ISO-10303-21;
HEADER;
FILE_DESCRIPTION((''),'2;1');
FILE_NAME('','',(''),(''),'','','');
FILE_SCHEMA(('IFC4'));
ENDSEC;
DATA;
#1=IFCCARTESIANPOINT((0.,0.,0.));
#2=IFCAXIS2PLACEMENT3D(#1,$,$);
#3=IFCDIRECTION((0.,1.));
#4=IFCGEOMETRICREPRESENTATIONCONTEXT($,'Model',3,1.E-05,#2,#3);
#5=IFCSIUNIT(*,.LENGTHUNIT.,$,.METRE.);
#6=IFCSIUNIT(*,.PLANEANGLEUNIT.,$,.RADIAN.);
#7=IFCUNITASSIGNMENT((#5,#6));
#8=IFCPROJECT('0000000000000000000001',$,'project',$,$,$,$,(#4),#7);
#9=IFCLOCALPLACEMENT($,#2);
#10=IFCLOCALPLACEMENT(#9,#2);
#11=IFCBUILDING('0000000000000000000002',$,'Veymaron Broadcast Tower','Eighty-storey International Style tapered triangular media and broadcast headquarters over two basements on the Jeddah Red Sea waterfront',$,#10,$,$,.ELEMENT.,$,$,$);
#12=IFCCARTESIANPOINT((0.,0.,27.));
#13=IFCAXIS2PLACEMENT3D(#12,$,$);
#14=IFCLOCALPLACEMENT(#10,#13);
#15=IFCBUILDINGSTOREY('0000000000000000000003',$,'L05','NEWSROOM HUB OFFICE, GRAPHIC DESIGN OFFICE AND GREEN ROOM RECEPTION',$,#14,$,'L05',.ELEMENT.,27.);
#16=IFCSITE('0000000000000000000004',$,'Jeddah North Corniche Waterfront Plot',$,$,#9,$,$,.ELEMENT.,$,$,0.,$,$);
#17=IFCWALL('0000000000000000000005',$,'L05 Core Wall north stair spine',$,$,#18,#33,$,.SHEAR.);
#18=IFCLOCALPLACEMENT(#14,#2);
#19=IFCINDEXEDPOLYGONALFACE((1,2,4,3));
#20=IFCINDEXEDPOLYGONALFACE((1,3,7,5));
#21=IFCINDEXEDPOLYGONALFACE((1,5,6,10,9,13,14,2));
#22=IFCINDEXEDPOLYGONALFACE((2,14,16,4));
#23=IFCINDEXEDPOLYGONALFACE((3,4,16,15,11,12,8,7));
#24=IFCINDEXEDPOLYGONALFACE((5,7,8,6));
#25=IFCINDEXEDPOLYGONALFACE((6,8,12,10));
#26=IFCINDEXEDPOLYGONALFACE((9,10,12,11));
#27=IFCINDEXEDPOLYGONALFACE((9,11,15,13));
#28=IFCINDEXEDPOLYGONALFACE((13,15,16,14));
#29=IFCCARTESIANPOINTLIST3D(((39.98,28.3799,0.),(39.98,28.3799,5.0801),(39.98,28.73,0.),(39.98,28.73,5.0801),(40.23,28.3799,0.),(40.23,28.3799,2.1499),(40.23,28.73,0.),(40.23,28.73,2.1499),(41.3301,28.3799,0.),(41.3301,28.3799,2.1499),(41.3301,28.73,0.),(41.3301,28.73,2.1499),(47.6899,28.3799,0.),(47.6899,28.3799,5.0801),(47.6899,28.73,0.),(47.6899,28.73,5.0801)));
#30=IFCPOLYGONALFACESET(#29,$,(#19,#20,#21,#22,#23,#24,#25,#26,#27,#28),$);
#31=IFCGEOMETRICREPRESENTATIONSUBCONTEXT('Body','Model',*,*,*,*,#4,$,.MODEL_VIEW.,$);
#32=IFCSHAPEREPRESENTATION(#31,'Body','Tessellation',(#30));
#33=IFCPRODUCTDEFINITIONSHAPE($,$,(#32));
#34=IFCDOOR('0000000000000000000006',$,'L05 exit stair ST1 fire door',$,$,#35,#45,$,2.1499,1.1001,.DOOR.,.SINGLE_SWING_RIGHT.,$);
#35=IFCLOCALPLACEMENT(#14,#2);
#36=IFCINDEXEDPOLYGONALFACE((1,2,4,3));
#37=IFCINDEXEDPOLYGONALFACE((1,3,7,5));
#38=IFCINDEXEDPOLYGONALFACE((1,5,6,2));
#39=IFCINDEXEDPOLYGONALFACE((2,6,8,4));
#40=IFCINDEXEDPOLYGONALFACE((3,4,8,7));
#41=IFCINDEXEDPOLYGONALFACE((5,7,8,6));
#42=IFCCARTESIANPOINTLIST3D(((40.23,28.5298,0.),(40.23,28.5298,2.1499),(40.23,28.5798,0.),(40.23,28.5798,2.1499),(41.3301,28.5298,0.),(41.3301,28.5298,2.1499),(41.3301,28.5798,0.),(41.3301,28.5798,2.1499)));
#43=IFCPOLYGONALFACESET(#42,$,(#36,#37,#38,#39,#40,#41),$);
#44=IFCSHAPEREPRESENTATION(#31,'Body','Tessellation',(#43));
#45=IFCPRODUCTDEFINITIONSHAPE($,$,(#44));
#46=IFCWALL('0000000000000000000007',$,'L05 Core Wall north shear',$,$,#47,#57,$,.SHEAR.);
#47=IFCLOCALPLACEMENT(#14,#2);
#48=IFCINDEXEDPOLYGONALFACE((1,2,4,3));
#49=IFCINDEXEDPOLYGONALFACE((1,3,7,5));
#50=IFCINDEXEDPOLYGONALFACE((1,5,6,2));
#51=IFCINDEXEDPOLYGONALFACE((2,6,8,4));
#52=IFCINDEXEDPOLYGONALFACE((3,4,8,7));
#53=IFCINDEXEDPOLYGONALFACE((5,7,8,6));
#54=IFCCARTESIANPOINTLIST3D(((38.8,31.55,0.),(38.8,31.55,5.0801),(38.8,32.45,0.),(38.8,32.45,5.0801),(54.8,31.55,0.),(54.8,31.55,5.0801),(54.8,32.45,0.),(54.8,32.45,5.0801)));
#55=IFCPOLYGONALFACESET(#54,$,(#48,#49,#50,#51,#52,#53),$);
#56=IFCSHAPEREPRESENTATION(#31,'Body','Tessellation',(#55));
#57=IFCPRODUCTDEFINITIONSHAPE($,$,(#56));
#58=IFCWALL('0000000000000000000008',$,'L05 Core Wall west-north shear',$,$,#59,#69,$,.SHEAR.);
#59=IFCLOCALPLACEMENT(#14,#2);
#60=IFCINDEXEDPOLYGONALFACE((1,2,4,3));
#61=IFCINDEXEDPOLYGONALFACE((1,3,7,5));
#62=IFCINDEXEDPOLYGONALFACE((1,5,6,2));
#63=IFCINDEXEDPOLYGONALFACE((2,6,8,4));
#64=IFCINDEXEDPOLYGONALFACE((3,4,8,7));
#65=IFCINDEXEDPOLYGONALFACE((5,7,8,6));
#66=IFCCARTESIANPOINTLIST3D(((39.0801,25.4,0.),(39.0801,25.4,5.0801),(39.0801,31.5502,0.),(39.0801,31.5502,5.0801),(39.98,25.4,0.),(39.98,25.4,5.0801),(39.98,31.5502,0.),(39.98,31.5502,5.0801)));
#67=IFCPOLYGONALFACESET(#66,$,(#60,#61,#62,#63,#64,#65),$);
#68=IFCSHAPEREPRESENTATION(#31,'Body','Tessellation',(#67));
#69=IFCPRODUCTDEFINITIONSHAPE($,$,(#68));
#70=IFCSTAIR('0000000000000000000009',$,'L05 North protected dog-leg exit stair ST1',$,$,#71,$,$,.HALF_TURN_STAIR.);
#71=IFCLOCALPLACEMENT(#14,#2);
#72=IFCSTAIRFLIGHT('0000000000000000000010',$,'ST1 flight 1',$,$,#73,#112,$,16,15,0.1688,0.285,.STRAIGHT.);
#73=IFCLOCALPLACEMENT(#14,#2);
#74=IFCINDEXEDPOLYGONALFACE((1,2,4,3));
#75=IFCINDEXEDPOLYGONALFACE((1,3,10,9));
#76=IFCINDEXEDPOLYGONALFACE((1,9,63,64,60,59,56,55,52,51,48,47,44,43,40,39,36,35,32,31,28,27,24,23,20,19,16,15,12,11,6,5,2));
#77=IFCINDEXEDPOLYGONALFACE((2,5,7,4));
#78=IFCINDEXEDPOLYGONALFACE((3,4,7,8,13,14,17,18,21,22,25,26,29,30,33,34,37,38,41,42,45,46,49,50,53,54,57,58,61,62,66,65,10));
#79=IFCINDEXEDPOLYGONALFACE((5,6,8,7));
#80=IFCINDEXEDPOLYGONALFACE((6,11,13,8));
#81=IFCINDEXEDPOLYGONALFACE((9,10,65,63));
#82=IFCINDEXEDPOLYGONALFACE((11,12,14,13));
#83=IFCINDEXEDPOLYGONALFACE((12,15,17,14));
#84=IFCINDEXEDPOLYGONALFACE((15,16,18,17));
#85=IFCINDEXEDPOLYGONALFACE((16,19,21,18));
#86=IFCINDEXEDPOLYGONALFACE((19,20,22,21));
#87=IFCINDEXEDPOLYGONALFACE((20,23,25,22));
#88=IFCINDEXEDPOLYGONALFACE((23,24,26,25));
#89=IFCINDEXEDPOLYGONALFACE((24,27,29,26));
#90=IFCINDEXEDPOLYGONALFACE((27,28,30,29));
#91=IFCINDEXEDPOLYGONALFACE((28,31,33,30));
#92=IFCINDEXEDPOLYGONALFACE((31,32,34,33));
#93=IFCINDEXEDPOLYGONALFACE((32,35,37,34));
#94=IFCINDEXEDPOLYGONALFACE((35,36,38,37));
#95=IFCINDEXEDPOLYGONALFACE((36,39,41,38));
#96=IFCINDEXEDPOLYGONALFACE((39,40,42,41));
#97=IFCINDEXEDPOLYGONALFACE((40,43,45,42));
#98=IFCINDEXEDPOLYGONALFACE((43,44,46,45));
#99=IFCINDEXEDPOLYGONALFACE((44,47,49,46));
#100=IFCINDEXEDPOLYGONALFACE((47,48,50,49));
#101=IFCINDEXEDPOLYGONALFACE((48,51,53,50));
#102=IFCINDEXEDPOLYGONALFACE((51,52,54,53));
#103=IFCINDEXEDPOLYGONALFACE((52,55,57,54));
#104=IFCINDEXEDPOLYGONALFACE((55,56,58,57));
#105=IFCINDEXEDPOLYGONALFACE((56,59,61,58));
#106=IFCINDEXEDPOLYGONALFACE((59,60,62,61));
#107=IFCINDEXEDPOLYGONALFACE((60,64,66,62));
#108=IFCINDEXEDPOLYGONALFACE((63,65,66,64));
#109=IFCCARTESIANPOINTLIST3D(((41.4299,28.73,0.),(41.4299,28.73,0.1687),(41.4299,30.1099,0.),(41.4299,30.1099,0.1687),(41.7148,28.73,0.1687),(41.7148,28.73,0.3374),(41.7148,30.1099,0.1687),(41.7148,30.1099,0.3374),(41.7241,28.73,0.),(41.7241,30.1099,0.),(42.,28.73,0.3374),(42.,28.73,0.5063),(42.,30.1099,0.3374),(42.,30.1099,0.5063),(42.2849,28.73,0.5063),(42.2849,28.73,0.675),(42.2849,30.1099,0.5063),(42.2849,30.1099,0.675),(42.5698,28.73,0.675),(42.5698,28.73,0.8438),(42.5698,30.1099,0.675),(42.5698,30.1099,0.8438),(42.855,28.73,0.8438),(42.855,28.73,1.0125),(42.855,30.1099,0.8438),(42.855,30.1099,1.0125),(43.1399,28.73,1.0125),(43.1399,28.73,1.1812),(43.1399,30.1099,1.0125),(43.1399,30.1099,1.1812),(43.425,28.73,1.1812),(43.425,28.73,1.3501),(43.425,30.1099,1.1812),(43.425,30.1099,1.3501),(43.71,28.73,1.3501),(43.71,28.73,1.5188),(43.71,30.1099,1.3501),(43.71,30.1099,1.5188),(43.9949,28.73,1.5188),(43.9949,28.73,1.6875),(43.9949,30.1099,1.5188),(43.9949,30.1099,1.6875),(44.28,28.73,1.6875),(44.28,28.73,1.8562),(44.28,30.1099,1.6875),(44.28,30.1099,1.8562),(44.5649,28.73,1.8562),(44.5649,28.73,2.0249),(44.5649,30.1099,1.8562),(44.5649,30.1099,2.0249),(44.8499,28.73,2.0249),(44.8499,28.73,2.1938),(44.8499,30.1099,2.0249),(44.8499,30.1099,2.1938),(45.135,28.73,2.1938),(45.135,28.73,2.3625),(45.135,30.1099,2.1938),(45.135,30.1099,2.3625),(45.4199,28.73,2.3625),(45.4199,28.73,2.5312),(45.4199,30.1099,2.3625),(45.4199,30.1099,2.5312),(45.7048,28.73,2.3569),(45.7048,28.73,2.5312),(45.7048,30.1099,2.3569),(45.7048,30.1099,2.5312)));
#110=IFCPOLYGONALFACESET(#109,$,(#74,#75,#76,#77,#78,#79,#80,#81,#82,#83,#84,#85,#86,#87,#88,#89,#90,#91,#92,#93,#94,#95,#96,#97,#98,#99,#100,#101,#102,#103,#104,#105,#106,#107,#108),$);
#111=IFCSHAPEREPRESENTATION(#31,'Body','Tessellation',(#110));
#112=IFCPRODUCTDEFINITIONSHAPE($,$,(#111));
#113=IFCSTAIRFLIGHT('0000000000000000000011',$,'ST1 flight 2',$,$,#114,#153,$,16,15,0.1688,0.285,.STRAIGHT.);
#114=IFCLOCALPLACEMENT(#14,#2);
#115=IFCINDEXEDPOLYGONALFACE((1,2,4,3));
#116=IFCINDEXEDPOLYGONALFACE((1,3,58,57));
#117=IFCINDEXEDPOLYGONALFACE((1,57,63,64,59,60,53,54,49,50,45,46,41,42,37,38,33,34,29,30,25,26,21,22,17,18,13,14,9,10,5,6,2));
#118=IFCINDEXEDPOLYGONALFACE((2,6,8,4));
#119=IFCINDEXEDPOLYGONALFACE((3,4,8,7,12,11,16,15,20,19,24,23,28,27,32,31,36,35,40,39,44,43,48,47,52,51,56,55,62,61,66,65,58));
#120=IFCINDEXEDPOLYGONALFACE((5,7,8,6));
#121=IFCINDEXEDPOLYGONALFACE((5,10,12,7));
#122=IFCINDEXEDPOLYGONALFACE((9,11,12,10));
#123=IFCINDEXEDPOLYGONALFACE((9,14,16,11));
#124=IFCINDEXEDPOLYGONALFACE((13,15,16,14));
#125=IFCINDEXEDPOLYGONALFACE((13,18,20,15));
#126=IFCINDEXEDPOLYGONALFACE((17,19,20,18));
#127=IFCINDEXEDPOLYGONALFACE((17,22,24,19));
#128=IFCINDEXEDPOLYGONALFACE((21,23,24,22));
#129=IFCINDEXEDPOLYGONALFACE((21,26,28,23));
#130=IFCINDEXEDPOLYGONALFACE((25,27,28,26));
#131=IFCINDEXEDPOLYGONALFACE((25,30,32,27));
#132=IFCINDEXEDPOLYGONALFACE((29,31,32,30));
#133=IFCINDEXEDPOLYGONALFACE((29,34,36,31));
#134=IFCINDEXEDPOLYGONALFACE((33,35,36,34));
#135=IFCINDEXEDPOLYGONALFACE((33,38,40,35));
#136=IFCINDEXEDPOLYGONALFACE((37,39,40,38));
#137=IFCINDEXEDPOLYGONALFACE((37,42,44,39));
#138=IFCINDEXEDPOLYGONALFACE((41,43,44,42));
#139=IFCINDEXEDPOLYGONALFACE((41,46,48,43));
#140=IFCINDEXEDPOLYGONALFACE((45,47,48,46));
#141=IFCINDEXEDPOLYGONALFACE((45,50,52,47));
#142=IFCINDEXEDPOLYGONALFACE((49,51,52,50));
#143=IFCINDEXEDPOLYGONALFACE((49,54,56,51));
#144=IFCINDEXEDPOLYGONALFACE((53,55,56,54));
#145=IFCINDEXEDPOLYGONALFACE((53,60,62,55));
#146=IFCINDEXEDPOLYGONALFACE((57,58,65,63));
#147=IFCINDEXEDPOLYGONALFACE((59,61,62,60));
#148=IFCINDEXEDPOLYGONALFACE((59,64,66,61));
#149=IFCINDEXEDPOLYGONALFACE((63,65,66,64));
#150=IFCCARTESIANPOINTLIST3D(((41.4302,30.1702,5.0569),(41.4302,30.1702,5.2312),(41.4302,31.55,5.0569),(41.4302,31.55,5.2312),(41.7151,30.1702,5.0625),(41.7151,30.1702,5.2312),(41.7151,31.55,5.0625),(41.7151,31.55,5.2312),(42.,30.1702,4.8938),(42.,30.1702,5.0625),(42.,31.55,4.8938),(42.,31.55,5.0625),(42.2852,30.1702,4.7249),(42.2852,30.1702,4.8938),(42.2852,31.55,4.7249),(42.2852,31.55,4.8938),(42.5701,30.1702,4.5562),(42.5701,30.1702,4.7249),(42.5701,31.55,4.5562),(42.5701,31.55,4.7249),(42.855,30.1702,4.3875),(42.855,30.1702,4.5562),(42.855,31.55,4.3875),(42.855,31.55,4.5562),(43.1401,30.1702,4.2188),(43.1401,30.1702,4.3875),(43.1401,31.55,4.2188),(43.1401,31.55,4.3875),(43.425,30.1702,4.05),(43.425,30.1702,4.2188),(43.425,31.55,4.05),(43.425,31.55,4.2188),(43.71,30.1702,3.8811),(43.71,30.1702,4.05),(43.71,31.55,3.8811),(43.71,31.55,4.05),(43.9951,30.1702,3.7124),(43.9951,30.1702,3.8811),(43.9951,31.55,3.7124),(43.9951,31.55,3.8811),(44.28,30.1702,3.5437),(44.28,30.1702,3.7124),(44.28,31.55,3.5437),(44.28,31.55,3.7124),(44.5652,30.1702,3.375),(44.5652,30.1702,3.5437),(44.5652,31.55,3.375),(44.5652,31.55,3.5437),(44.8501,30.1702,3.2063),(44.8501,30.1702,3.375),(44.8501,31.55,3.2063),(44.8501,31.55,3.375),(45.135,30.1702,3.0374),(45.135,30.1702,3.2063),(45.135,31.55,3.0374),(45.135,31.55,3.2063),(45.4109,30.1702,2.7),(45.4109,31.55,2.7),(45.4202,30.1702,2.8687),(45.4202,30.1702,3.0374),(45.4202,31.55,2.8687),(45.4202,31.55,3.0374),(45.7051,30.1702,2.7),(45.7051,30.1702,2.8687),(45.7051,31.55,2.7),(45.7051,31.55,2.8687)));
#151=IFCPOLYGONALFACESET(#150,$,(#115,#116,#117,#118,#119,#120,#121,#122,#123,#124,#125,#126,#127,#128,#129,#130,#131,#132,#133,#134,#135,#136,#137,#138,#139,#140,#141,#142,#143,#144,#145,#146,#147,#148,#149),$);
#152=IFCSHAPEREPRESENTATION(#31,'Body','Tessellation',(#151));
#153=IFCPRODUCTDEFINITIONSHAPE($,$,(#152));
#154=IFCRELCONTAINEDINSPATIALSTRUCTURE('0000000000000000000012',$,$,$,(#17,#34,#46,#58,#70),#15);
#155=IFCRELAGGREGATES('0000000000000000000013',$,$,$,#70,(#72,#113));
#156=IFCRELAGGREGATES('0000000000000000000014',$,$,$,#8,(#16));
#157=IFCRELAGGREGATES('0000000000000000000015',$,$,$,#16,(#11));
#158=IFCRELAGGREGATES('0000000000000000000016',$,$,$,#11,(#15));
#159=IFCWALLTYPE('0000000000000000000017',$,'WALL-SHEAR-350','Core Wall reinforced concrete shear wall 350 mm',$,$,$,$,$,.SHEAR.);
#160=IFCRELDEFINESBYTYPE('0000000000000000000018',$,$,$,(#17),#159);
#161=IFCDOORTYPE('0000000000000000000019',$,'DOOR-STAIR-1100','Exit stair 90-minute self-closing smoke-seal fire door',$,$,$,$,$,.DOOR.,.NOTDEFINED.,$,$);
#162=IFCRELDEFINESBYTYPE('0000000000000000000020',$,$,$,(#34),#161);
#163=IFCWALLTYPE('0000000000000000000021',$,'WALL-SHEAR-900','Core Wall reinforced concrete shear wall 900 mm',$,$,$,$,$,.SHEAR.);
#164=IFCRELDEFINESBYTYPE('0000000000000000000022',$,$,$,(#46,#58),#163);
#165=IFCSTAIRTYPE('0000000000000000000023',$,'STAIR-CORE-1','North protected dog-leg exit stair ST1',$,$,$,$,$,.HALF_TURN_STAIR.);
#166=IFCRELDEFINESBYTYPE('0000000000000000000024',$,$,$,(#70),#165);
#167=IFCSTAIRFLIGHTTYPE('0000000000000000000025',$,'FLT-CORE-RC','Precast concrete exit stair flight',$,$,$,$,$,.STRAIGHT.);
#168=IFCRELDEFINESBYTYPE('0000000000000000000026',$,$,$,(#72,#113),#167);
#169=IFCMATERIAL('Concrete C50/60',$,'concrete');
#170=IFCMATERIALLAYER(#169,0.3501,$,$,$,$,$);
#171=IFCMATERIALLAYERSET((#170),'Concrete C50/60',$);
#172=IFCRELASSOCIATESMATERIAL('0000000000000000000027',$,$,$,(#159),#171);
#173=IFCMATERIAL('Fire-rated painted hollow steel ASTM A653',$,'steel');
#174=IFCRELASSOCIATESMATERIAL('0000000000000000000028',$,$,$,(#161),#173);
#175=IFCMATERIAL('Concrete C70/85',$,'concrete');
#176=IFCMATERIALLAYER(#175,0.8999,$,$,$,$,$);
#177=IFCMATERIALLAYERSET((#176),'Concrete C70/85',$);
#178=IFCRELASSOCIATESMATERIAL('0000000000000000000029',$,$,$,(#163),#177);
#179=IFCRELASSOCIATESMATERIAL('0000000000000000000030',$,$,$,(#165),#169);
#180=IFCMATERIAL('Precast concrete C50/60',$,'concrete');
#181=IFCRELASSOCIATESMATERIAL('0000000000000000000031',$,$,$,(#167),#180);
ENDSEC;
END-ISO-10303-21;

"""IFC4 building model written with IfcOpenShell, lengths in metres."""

from ifc_helpers import new_model, si_unit, direction, frame, frame_2d, origin, place, context, subcontext, project, spatial, polyline, rectangle, outline, extrude, material, layer, layer_set, type_object, element, fill, aggregate, save


model = new_model("IFC4")

# Units and contexts
model_context = context("Model", 3, precision=1e-05, world=origin(), true_north=direction((0.0, 1.0)))
body_context = subcontext(model_context, "Body", "Model", "MODEL_VIEW")
ifc_project = project(units=[si_unit("LENGTHUNIT", "METRE"), si_unit("PLANEANGLEUNIT", "RADIAN")], contexts=[model_context])

# Site, building, storey
site_placement = place(None, origin())
site = spatial("IfcSite", under=ifc_project, at=site_placement, Name="Jeddah North Corniche Waterfront Plot", CompositionType="ELEMENT", RefElevation=0.0)
building_placement = place(site_placement, origin())
building = spatial("IfcBuilding", under=site, at=building_placement, Name="Veymaron Broadcast Tower", Description="Eighty-storey International Style tapered triangular media and broadcast headquarters over two basements on the Jeddah Red Sea waterfront", CompositionType="ELEMENT")
storey_placement = place(building_placement, frame((0.0, 0.0, 27.0)))
storey = spatial("IfcBuildingStorey", under=building, at=storey_placement, Name="L05", Description="NEWSROOM HUB OFFICE, GRAPHIC DESIGN OFFICE AND GREEN ROOM RECEPTION", LongName="L05", CompositionType="ELEMENT", Elevation=27.0)

# Shared definitions
ifc_material_1 = material(Name="Concrete C50/60", Category="concrete")

# Shared definitions
ifc_material_2 = material(Name="Fire-rated painted hollow steel ASTM A653", Category="steel")

# Wall, opening, door
ifc_layer_1 = layer(ifc_material_1, 0.3501)
ifc_layer_set_1 = layer_set([ifc_layer_1], Name="Concrete C50/60")
wall_type_1 = type_object("IfcWallType", Name="WALL-SHEAR-350", Description="Core Wall reinforced concrete shear wall 350 mm", PredefinedType="SHEAR", material=ifc_layer_set_1)
wall_1_placement = place(storey_placement, frame((39.98, 28.5549, 0.0), z_axis=(0.0, 0.0, 1.0), x_axis=(1.0, 0.0, 0.0)))
wall_1 = element("IfcWall", 1, at=wall_1_placement, inside=storey, type_object=wall_type_1, Name="L05 Core Wall north stair spine", PredefinedType="SHEAR", context=body_context, shape_type="SweptSolid", body=[
    extrude(rectangle(XDim=7.71, YDim=0.3501, at=frame_2d((3.855, 0.0))), origin(), (0.0, 0.0, 1.0), 5.0801),
])
opening_1_placement = place(wall_1_placement, frame((0.25, 0.0, 0.0)))
opening_1 = element("IfcOpeningElement", 2, at=opening_1_placement, cuts=wall_1, PredefinedType="OPENING", context=body_context, shape_type="SweptSolid", body=[
    extrude(rectangle(XDim=1.1001, YDim=2.1499, at=frame_2d((0.55, 1.075))), frame((0.0, 0.1851, 0.0), z_axis=(0.0, -1.0, 0.0), x_axis=(1.0, 0.0, 0.0)), (0.0, 0.0, 1.0), 0.3701),
])
door_type_1 = type_object("IfcDoorType", Name="DOOR-STAIR-1100", Description="Exit stair 90-minute self-closing smoke-seal fire door", OperationType="NOTDEFINED", PredefinedType="DOOR", material=ifc_material_2)
door_1_placement = place(opening_1_placement, origin())
door_1 = element("IfcDoor", 3, at=door_1_placement, inside=storey, type_object=door_type_1, Name="L05 exit stair ST1 fire door", OperationType="SINGLE_SWING_RIGHT", OverallHeight=2.1499, OverallWidth=1.1001, PredefinedType="DOOR", context=body_context, shape_type="SweptSolid", body=[
    extrude(rectangle(XDim=1.1001, YDim=2.1499, at=frame_2d((0.55, 1.075))), frame((0.0, 0.0249, 0.0), z_axis=(0.0, -1.0, 0.0), x_axis=(1.0, 0.0, 0.0)), (0.0, 0.0, 1.0), 0.05),
])
fill(opening_1, door_1)

# Walls
ifc_material_3 = material(Name="Concrete C70/85", Category="concrete")
ifc_layer_2 = layer(ifc_material_3, 0.8999)
ifc_layer_set_2 = layer_set([ifc_layer_2], Name="Concrete C70/85")
wall_type_2 = type_object("IfcWallType", Name="WALL-SHEAR-900", Description="Core Wall reinforced concrete shear wall 900 mm", PredefinedType="SHEAR", material=ifc_layer_set_2)
wall_2_placement = place(storey_placement, frame((38.8, 32.0, 0.0), z_axis=(0.0, 0.0, 1.0), x_axis=(1.0, 0.0, 0.0)))
element("IfcWall", 4, at=wall_2_placement, inside=storey, type_object=wall_type_2, Name="L05 Core Wall north shear", PredefinedType="SHEAR", context=body_context, shape_type="SweptSolid", body=[
    extrude(rectangle(XDim=16.0, YDim=0.8999, at=frame_2d((8.0, 0.0))), origin(), (0.0, 0.0, 1.0), 5.0801),
])
wall_3_placement = place(storey_placement, frame((39.53, 25.3999, 0.0), z_axis=(0.0, 0.0, 1.0), x_axis=(0.0, 1.0, 0.0)))
element("IfcWall", 5, at=wall_3_placement, inside=storey, type_object=wall_type_2, Name="L05 Core Wall west-north shear", PredefinedType="SHEAR", context=body_context, shape_type="SweptSolid", body=[
    extrude(rectangle(XDim=6.1501, YDim=0.8999, at=frame_2d((3.0752, 0.0))), origin(), (0.0, 0.0, 1.0), 5.0801),
])

# Stair, stair flights
stair_type = type_object("IfcStairType", Name="STAIR-CORE-1", Description="North protected dog-leg exit stair ST1", PredefinedType="HALF_TURN_STAIR", material=ifc_material_1)
stair_placement = place(storey_placement, origin())
stair = element("IfcStair", 6, at=stair_placement, inside=storey, type_object=stair_type, Name="L05 North protected dog-leg exit stair ST1", PredefinedType="HALF_TURN_STAIR")
ifc_material_4 = material(Name="Precast concrete C50/60", Category="concrete")
stair_flight_type = type_object("IfcStairFlightType", Name="FLT-CORE-RC", Description="Precast concrete exit stair flight", PredefinedType="STRAIGHT", material=ifc_material_4)
stair_flight_1_placement = place(storey_placement, frame((41.4299, 29.4199, 0.0), z_axis=(0.0, 0.0, 1.0), x_axis=(1.0, 0.0, 0.0)))
stair_flight_1 = element("IfcStairFlight", 7, at=stair_flight_1_placement, type_object=stair_flight_type, Name="ST1 flight 1", NumberOfRisers=16, NumberOfTreads=15, PredefinedType="STRAIGHT", RiserHeight=0.1688, TreadLength=0.285, context=body_context, shape_type="SweptSolid", body=[
    extrude(outline(polyline([(0.0, 0.0), (0.0, 0.1687), (0.2849, 0.1687), (0.2849, 0.3374), (0.5701, 0.3374), (0.5701, 0.5063), (0.855, 0.5063), (0.855, 0.675), (1.1399, 0.675), (1.1399, 0.8438), (1.425, 0.8438), (1.425, 1.0125), (1.71, 1.0125), (1.71, 1.1812), (1.9951, 1.1812), (1.9951, 1.3501), (2.28, 1.3501), (2.28, 1.5188), (2.5649, 1.5188), (2.5649, 1.6875), (2.8501, 1.6875), (2.8501, 1.8562), (3.135, 1.8562), (3.135, 2.0249), (3.4199, 2.0249), (3.4199, 2.1938), (3.7051, 2.1938), (3.7051, 2.3625), (3.99, 2.3625), (3.99, 2.5312), (4.2749, 2.5312), (4.2749, 2.7), (4.2749, 2.3569), (0.2942, 0.0), (0.0, 0.0)])), frame((0.0, 0.6899, 0.0), z_axis=(0.0, -1.0, 0.0), x_axis=(1.0, 0.0, 0.0)), (0.0, 0.0, 1.0), 1.3799),
])
stair_flight_2_placement = place(storey_placement, frame((45.7051, 30.8601, 2.7), z_axis=(0.0, 0.0, 1.0), x_axis=(-1.0, 0.0, 0.0)))
stair_flight_2 = element("IfcStairFlight", 8, at=stair_flight_2_placement, type_object=stair_flight_type, Name="ST1 flight 2", NumberOfRisers=16, NumberOfTreads=15, PredefinedType="STRAIGHT", RiserHeight=0.1688, TreadLength=0.285, context=body_context, shape_type="SweptSolid", body=[
    extrude(outline(polyline([(0.0, 0.0), (0.0, 0.1687), (0.2849, 0.1687), (0.2849, 0.3374), (0.5701, 0.3374), (0.5701, 0.5063), (0.855, 0.5063), (0.855, 0.675), (1.1399, 0.675), (1.1399, 0.8438), (1.425, 0.8438), (1.425, 1.0125), (1.71, 1.0125), (1.71, 1.1812), (1.9951, 1.1812), (1.9951, 1.3501), (2.28, 1.3501), (2.28, 1.5188), (2.5649, 1.5188), (2.5649, 1.6875), (2.8501, 1.6875), (2.8501, 1.8562), (3.135, 1.8562), (3.135, 2.0249), (3.4199, 2.0249), (3.4199, 2.1938), (3.7051, 2.1938), (3.7051, 2.3625), (3.99, 2.3625), (3.99, 2.5312), (4.2749, 2.5312), (4.2749, 2.7), (4.2749, 2.3569), (0.2942, 0.0), (0.0, 0.0)])), frame((0.0, 0.6899, 0.0), z_axis=(0.0, -1.0, 0.0), x_axis=(1.0, 0.0, 0.0)), (0.0, 0.0, 1.0), 1.3799),
])
aggregate(stair, [stair_flight_1, stair_flight_2])

save(model, "model.ifc")
